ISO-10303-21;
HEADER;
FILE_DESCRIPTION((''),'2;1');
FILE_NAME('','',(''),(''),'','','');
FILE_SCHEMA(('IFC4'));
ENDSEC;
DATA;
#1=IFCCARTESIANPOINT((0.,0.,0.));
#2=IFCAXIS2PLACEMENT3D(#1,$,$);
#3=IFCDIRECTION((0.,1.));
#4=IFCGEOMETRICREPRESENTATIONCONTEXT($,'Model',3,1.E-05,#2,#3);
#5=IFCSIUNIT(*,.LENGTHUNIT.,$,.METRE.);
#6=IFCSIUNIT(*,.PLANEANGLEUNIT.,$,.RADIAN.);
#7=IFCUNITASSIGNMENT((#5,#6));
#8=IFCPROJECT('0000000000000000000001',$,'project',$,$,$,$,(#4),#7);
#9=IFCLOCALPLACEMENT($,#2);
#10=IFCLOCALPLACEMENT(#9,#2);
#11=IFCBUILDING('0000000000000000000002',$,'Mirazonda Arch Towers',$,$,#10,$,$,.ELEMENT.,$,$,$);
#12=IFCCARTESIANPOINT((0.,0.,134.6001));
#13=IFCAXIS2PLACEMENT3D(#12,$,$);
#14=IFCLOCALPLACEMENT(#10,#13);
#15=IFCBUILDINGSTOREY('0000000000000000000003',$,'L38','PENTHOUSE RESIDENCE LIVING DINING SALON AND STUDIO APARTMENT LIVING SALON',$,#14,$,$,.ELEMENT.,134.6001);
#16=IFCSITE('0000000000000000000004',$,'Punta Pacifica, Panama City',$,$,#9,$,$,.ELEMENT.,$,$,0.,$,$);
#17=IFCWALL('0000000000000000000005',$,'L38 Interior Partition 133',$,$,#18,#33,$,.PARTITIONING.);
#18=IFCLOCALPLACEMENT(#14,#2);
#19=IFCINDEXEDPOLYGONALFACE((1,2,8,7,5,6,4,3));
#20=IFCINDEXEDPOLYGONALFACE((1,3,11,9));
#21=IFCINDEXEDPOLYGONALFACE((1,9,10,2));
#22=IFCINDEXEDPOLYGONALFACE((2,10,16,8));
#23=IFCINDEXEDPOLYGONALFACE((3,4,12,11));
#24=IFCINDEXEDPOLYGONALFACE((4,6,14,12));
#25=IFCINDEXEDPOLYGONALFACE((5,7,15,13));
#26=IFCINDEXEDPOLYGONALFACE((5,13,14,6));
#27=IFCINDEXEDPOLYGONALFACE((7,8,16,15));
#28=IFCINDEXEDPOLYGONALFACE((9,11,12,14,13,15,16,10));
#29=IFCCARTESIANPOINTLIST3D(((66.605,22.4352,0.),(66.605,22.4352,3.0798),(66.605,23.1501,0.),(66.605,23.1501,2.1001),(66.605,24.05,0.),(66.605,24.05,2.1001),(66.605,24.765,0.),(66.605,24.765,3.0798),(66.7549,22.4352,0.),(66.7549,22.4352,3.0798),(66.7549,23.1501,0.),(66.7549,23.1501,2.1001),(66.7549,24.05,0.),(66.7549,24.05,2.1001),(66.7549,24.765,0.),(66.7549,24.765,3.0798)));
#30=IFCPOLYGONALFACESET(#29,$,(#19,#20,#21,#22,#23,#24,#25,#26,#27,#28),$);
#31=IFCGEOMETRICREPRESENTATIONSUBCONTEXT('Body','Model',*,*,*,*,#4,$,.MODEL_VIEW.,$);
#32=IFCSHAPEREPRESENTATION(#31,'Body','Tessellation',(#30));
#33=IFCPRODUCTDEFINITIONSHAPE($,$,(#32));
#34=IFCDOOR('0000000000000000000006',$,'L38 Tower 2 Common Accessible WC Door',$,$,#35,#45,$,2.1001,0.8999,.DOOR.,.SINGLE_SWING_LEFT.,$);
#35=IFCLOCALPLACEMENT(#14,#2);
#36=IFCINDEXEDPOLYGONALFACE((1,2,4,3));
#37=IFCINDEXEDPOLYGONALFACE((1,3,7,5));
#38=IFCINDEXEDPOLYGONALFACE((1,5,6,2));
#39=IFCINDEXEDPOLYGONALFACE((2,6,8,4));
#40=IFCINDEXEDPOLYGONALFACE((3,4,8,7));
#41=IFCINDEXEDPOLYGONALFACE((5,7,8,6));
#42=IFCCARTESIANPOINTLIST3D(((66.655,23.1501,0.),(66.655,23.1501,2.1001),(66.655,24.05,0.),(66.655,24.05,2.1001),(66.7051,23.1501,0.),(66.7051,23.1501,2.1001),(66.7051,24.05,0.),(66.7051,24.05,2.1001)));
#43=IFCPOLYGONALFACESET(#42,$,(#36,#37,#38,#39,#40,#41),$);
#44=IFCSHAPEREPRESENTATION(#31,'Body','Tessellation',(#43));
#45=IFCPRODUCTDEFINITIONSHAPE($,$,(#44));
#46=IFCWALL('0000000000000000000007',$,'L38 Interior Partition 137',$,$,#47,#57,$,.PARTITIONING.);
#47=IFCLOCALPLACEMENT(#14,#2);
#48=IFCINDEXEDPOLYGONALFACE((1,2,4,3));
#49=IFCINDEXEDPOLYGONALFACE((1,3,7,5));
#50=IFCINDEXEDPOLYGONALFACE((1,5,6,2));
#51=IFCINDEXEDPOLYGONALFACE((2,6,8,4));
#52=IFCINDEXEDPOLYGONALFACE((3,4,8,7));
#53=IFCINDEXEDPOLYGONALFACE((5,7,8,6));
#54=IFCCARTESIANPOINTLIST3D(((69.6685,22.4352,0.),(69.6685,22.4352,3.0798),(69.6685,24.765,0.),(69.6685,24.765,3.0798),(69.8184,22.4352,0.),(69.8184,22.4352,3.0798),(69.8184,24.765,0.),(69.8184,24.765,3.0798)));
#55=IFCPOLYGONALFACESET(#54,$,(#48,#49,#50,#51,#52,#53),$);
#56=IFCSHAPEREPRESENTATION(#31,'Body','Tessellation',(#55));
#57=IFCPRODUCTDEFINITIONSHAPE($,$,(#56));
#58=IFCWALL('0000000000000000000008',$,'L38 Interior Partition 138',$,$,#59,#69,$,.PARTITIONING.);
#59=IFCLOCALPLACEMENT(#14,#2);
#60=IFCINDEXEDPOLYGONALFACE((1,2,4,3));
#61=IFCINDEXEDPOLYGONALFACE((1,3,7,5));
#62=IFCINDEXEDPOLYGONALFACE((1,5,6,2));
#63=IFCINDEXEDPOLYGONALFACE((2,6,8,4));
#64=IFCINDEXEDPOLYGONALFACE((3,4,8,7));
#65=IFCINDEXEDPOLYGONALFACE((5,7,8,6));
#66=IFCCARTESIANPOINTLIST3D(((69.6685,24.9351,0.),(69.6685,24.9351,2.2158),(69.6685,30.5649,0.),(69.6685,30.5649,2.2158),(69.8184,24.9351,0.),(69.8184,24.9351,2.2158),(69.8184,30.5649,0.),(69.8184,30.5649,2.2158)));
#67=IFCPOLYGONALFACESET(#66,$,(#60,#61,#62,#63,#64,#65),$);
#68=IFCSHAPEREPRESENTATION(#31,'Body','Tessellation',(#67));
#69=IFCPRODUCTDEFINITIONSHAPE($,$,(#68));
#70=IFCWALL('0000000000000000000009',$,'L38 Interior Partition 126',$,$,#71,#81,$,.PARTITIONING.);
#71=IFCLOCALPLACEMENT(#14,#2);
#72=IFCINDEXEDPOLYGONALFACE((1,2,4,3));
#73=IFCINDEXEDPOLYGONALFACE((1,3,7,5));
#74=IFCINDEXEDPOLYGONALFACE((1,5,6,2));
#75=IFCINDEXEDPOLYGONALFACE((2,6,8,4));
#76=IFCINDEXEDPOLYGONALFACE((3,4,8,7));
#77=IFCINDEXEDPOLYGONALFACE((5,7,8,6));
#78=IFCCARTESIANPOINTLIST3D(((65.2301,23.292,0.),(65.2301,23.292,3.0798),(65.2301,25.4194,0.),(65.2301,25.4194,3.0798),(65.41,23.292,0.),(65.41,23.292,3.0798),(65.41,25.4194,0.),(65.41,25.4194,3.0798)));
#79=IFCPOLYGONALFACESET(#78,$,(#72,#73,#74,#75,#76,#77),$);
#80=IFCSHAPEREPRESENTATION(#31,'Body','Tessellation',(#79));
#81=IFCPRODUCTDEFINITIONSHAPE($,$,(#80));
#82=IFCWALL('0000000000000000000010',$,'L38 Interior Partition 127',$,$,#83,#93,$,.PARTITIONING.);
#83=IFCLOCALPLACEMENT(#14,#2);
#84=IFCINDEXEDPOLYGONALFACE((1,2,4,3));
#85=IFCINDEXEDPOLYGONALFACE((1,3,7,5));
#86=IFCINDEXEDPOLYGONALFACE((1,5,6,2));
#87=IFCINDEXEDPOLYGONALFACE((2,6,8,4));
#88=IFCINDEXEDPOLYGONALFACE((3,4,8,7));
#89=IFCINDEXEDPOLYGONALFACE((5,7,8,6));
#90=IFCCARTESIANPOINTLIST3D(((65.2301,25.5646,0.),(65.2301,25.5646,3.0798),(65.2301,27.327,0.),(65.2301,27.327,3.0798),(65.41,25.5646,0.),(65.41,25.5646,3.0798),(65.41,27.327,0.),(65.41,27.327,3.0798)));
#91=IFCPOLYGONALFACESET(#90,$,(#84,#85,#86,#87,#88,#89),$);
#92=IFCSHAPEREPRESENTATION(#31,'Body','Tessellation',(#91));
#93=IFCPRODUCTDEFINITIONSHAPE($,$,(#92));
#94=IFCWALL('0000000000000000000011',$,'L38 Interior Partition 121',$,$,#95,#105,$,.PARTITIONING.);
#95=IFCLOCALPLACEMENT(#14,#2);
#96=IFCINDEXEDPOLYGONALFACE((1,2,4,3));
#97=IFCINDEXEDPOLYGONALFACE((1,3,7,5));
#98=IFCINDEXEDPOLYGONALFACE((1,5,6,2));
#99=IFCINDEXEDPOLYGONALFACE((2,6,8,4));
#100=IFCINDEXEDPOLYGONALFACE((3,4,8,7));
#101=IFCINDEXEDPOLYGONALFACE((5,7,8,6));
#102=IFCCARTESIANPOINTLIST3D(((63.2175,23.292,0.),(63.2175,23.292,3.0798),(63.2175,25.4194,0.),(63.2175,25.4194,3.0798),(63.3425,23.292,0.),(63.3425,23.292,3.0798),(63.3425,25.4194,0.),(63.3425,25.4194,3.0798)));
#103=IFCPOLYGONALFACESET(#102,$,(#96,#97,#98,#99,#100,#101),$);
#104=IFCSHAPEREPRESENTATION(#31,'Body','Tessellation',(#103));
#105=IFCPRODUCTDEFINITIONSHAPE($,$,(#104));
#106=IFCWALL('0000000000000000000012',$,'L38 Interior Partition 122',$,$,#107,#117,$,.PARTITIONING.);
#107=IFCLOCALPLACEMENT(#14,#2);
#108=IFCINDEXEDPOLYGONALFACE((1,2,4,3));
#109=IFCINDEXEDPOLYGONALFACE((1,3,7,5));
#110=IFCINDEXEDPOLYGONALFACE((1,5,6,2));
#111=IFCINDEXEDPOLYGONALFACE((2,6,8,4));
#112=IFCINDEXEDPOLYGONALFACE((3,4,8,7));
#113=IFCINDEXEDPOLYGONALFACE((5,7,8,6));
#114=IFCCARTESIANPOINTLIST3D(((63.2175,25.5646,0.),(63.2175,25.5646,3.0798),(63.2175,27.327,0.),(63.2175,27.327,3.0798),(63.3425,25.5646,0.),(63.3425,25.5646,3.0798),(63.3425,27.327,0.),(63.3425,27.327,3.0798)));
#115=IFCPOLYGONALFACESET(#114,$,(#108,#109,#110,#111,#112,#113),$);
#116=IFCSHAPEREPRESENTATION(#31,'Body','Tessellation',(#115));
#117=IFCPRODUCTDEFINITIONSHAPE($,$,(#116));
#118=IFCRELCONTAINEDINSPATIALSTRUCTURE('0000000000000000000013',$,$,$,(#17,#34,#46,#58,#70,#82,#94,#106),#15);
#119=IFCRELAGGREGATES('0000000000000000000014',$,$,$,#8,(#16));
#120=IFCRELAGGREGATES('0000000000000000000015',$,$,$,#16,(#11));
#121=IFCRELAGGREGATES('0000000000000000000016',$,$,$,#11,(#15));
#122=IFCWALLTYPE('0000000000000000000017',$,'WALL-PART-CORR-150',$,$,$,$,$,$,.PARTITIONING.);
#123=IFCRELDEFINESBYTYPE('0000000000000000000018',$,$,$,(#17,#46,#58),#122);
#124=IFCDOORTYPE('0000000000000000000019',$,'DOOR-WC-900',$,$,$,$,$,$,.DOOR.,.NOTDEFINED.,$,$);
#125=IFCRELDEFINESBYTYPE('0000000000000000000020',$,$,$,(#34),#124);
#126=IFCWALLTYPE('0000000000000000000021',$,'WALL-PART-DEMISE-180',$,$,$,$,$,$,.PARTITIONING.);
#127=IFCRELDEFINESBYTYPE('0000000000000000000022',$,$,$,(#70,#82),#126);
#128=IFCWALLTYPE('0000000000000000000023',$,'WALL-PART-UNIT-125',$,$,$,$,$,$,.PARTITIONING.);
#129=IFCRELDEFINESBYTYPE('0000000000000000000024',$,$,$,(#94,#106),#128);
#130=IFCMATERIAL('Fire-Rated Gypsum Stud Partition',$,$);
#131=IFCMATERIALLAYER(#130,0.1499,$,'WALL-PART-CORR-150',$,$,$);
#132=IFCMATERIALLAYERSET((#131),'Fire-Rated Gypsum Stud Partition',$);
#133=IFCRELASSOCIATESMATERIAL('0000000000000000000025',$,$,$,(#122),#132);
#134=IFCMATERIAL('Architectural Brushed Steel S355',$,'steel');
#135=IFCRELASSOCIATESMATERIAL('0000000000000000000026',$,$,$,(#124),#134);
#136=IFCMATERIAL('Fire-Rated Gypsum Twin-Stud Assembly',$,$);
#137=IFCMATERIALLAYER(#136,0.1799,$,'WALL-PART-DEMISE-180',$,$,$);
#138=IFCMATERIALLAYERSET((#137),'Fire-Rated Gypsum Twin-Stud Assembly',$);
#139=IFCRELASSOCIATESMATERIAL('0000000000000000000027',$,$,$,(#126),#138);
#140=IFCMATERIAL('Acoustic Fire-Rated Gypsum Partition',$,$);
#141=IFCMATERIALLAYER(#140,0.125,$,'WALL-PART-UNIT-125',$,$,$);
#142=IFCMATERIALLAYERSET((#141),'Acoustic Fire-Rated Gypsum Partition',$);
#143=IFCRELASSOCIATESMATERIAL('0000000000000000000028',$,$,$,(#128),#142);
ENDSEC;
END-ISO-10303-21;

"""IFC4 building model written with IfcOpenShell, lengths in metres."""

from ifc_helpers import new_model, si_unit, direction, frame, frame_2d, origin, place, context, subcontext, project, spatial, rectangle, extrude, material, layer, layer_set, type_object, element, fill, save


model = new_model("IFC4")

# Units and contexts
model_context = context("Model", 3, precision=1e-05, world=origin(), true_north=direction((0.0, 1.0)))
body_context = subcontext(model_context, "Body", "Model", "MODEL_VIEW")
ifc_project = project(units=[si_unit("LENGTHUNIT", "METRE"), si_unit("PLANEANGLEUNIT", "RADIAN")], contexts=[model_context])

# Site, building, storey
site_placement = place(None, origin())
site = spatial("IfcSite", under=ifc_project, at=site_placement, Name="Punta Pacifica, Panama City", CompositionType="ELEMENT", RefElevation=0.0)
building_placement = place(site_placement, origin())
building = spatial("IfcBuilding", under=site, at=building_placement, Name="Mirazonda Arch Towers", CompositionType="ELEMENT")
storey_placement = place(building_placement, frame((0.0, 0.0, 134.6001)))
storey = spatial("IfcBuildingStorey", under=building, at=storey_placement, Name="L38", Description="PENTHOUSE RESIDENCE LIVING DINING SALON AND STUDIO APARTMENT LIVING SALON", CompositionType="ELEMENT", Elevation=134.6001)

# Shared definitions
ifc_material_1 = material(Name="Architectural Brushed Steel S355", Category="steel")

# Shared definitions
ifc_material_2 = material(Name="Fire-Rated Gypsum Stud Partition")
ifc_layer_1 = layer(ifc_material_2, 0.1499, Name="WALL-PART-CORR-150")
ifc_layer_set_1 = layer_set([ifc_layer_1], Name="Fire-Rated Gypsum Stud Partition")
wall_type_1 = type_object("IfcWallType", Name="WALL-PART-CORR-150", PredefinedType="PARTITIONING", material=ifc_layer_set_1)

# Wall, opening, door
wall_1_placement = place(storey_placement, frame((66.6799, 22.4351, 0.0), z_axis=(0.0, 0.0, 1.0), x_axis=(0.0, 1.0, 0.0)))
wall_1 = element("IfcWall", 1, at=wall_1_placement, inside=storey, type_object=wall_type_1, Name="L38 Interior Partition 133", PredefinedType="PARTITIONING", context=body_context, shape_type="SweptSolid", body=[
    extrude(rectangle(XDim=2.3298, YDim=0.1499, at=frame_2d((1.165, 0.0))), origin(), (0.0, 0.0, 1.0), 3.0798),
])
opening_1_placement = place(wall_1_placement, frame((0.7151, 0.0, 0.0)))
opening_1 = element("IfcOpeningElement", 2, at=opening_1_placement, cuts=wall_1, PredefinedType="OPENING", context=body_context, shape_type="SweptSolid", body=[
    extrude(rectangle(XDim=0.8999, YDim=2.1001, at=frame_2d((0.45, 1.05))), frame((0.0, 0.085, 0.0), z_axis=(0.0, -1.0, 0.0), x_axis=(1.0, 0.0, 0.0)), (0.0, 0.0, 1.0), 0.1699),
])
door_type_1 = type_object("IfcDoorType", Name="DOOR-WC-900", OperationType="NOTDEFINED", PredefinedType="DOOR", material=ifc_material_1)
door_1_placement = place(opening_1_placement, origin())
door_1 = element("IfcDoor", 3, at=door_1_placement, inside=storey, type_object=door_type_1, Name="L38 Tower 2 Common Accessible WC Door", OperationType="SINGLE_SWING_LEFT", OverallHeight=2.1001, OverallWidth=0.8999, PredefinedType="DOOR", context=body_context, shape_type="SweptSolid", body=[
    extrude(rectangle(XDim=0.8999, YDim=2.1001, at=frame_2d((0.45, 1.05))), frame((0.0, 0.0249, 0.0), z_axis=(0.0, -1.0, 0.0), x_axis=(1.0, 0.0, 0.0)), (0.0, 0.0, 1.0), 0.05),
])
fill(opening_1, door_1)

# Walls
wall_2_placement = place(storey_placement, frame((69.7434, 22.4351, 0.0), z_axis=(0.0, 0.0, 1.0), x_axis=(0.0, 1.0, 0.0)))
element("IfcWall", 4, at=wall_2_placement, inside=storey, type_object=wall_type_1, Name="L38 Interior Partition 137", PredefinedType="PARTITIONING", context=body_context, shape_type="SweptSolid", body=[
    extrude(rectangle(XDim=2.3298, YDim=0.1499, at=frame_2d((1.165, 0.0))), origin(), (0.0, 0.0, 1.0), 3.0798),
])
wall_3_placement = place(storey_placement, frame((69.7434, 24.9351, 0.0), z_axis=(0.0, 0.0, 1.0), x_axis=(0.0, 1.0, 0.0)))
element("IfcWall", 5, at=wall_3_placement, inside=storey, type_object=wall_type_1, Name="L38 Interior Partition 138", PredefinedType="PARTITIONING", context=body_context, shape_type="SweptSolid", body=[
    extrude(rectangle(XDim=5.6299, YDim=0.1499, at=frame_2d((2.8149, 0.0))), origin(), (0.0, 0.0, 1.0), 2.2158),
])
ifc_material_3 = material(Name="Fire-Rated Gypsum Twin-Stud Assembly")
ifc_layer_2 = layer(ifc_material_3, 0.1799, Name="WALL-PART-DEMISE-180")
ifc_layer_set_2 = layer_set([ifc_layer_2], Name="Fire-Rated Gypsum Twin-Stud Assembly")
wall_type_2 = type_object("IfcWallType", Name="WALL-PART-DEMISE-180", PredefinedType="PARTITIONING", material=ifc_layer_set_2)
wall_4_placement = place(storey_placement, frame((65.3201, 23.292, 0.0), z_axis=(0.0, 0.0, 1.0), x_axis=(0.0, 1.0, 0.0)))
element("IfcWall", 6, at=wall_4_placement, inside=storey, type_object=wall_type_2, Name="L38 Interior Partition 126", PredefinedType="PARTITIONING", context=body_context, shape_type="SweptSolid", body=[
    extrude(rectangle(XDim=2.1274, YDim=0.1799, at=frame_2d((1.0637, 0.0))), origin(), (0.0, 0.0, 1.0), 3.0798),
])
wall_5_placement = place(storey_placement, frame((65.3201, 25.5645, 0.0), z_axis=(0.0, 0.0, 1.0), x_axis=(0.0, 1.0, 0.0)))
element("IfcWall", 7, at=wall_5_placement, inside=storey, type_object=wall_type_2, Name="L38 Interior Partition 127", PredefinedType="PARTITIONING", context=body_context, shape_type="SweptSolid", body=[
    extrude(rectangle(XDim=1.7625, YDim=0.1799, at=frame_2d((0.8813, 0.0))), origin(), (0.0, 0.0, 1.0), 3.0798),
])
ifc_material_4 = material(Name="Acoustic Fire-Rated Gypsum Partition")
ifc_layer_3 = layer(ifc_material_4, 0.125, Name="WALL-PART-UNIT-125")
ifc_layer_set_3 = layer_set([ifc_layer_3], Name="Acoustic Fire-Rated Gypsum Partition")
wall_type_3 = type_object("IfcWallType", Name="WALL-PART-UNIT-125", PredefinedType="PARTITIONING", material=ifc_layer_set_3)
wall_6_placement = place(storey_placement, frame((63.28, 23.292, 0.0), z_axis=(0.0, 0.0, 1.0), x_axis=(0.0, 1.0, 0.0)))
element("IfcWall", 8, at=wall_6_placement, inside=storey, type_object=wall_type_3, Name="L38 Interior Partition 121", PredefinedType="PARTITIONING", context=body_context, shape_type="SweptSolid", body=[
    extrude(rectangle(XDim=2.1274, YDim=0.125, at=frame_2d((1.0637, 0.0))), origin(), (0.0, 0.0, 1.0), 3.0798),
])
wall_7_placement = place(storey_placement, frame((63.28, 25.5645, 0.0), z_axis=(0.0, 0.0, 1.0), x_axis=(0.0, 1.0, 0.0)))
element("IfcWall", 9, at=wall_7_placement, inside=storey, type_object=wall_type_3, Name="L38 Interior Partition 122", PredefinedType="PARTITIONING", context=body_context, shape_type="SweptSolid", body=[
    extrude(rectangle(XDim=1.7625, YDim=0.125, at=frame_2d((0.8813, 0.0))), origin(), (0.0, 0.0, 1.0), 3.0798),
])

save(model, "model.ifc")
